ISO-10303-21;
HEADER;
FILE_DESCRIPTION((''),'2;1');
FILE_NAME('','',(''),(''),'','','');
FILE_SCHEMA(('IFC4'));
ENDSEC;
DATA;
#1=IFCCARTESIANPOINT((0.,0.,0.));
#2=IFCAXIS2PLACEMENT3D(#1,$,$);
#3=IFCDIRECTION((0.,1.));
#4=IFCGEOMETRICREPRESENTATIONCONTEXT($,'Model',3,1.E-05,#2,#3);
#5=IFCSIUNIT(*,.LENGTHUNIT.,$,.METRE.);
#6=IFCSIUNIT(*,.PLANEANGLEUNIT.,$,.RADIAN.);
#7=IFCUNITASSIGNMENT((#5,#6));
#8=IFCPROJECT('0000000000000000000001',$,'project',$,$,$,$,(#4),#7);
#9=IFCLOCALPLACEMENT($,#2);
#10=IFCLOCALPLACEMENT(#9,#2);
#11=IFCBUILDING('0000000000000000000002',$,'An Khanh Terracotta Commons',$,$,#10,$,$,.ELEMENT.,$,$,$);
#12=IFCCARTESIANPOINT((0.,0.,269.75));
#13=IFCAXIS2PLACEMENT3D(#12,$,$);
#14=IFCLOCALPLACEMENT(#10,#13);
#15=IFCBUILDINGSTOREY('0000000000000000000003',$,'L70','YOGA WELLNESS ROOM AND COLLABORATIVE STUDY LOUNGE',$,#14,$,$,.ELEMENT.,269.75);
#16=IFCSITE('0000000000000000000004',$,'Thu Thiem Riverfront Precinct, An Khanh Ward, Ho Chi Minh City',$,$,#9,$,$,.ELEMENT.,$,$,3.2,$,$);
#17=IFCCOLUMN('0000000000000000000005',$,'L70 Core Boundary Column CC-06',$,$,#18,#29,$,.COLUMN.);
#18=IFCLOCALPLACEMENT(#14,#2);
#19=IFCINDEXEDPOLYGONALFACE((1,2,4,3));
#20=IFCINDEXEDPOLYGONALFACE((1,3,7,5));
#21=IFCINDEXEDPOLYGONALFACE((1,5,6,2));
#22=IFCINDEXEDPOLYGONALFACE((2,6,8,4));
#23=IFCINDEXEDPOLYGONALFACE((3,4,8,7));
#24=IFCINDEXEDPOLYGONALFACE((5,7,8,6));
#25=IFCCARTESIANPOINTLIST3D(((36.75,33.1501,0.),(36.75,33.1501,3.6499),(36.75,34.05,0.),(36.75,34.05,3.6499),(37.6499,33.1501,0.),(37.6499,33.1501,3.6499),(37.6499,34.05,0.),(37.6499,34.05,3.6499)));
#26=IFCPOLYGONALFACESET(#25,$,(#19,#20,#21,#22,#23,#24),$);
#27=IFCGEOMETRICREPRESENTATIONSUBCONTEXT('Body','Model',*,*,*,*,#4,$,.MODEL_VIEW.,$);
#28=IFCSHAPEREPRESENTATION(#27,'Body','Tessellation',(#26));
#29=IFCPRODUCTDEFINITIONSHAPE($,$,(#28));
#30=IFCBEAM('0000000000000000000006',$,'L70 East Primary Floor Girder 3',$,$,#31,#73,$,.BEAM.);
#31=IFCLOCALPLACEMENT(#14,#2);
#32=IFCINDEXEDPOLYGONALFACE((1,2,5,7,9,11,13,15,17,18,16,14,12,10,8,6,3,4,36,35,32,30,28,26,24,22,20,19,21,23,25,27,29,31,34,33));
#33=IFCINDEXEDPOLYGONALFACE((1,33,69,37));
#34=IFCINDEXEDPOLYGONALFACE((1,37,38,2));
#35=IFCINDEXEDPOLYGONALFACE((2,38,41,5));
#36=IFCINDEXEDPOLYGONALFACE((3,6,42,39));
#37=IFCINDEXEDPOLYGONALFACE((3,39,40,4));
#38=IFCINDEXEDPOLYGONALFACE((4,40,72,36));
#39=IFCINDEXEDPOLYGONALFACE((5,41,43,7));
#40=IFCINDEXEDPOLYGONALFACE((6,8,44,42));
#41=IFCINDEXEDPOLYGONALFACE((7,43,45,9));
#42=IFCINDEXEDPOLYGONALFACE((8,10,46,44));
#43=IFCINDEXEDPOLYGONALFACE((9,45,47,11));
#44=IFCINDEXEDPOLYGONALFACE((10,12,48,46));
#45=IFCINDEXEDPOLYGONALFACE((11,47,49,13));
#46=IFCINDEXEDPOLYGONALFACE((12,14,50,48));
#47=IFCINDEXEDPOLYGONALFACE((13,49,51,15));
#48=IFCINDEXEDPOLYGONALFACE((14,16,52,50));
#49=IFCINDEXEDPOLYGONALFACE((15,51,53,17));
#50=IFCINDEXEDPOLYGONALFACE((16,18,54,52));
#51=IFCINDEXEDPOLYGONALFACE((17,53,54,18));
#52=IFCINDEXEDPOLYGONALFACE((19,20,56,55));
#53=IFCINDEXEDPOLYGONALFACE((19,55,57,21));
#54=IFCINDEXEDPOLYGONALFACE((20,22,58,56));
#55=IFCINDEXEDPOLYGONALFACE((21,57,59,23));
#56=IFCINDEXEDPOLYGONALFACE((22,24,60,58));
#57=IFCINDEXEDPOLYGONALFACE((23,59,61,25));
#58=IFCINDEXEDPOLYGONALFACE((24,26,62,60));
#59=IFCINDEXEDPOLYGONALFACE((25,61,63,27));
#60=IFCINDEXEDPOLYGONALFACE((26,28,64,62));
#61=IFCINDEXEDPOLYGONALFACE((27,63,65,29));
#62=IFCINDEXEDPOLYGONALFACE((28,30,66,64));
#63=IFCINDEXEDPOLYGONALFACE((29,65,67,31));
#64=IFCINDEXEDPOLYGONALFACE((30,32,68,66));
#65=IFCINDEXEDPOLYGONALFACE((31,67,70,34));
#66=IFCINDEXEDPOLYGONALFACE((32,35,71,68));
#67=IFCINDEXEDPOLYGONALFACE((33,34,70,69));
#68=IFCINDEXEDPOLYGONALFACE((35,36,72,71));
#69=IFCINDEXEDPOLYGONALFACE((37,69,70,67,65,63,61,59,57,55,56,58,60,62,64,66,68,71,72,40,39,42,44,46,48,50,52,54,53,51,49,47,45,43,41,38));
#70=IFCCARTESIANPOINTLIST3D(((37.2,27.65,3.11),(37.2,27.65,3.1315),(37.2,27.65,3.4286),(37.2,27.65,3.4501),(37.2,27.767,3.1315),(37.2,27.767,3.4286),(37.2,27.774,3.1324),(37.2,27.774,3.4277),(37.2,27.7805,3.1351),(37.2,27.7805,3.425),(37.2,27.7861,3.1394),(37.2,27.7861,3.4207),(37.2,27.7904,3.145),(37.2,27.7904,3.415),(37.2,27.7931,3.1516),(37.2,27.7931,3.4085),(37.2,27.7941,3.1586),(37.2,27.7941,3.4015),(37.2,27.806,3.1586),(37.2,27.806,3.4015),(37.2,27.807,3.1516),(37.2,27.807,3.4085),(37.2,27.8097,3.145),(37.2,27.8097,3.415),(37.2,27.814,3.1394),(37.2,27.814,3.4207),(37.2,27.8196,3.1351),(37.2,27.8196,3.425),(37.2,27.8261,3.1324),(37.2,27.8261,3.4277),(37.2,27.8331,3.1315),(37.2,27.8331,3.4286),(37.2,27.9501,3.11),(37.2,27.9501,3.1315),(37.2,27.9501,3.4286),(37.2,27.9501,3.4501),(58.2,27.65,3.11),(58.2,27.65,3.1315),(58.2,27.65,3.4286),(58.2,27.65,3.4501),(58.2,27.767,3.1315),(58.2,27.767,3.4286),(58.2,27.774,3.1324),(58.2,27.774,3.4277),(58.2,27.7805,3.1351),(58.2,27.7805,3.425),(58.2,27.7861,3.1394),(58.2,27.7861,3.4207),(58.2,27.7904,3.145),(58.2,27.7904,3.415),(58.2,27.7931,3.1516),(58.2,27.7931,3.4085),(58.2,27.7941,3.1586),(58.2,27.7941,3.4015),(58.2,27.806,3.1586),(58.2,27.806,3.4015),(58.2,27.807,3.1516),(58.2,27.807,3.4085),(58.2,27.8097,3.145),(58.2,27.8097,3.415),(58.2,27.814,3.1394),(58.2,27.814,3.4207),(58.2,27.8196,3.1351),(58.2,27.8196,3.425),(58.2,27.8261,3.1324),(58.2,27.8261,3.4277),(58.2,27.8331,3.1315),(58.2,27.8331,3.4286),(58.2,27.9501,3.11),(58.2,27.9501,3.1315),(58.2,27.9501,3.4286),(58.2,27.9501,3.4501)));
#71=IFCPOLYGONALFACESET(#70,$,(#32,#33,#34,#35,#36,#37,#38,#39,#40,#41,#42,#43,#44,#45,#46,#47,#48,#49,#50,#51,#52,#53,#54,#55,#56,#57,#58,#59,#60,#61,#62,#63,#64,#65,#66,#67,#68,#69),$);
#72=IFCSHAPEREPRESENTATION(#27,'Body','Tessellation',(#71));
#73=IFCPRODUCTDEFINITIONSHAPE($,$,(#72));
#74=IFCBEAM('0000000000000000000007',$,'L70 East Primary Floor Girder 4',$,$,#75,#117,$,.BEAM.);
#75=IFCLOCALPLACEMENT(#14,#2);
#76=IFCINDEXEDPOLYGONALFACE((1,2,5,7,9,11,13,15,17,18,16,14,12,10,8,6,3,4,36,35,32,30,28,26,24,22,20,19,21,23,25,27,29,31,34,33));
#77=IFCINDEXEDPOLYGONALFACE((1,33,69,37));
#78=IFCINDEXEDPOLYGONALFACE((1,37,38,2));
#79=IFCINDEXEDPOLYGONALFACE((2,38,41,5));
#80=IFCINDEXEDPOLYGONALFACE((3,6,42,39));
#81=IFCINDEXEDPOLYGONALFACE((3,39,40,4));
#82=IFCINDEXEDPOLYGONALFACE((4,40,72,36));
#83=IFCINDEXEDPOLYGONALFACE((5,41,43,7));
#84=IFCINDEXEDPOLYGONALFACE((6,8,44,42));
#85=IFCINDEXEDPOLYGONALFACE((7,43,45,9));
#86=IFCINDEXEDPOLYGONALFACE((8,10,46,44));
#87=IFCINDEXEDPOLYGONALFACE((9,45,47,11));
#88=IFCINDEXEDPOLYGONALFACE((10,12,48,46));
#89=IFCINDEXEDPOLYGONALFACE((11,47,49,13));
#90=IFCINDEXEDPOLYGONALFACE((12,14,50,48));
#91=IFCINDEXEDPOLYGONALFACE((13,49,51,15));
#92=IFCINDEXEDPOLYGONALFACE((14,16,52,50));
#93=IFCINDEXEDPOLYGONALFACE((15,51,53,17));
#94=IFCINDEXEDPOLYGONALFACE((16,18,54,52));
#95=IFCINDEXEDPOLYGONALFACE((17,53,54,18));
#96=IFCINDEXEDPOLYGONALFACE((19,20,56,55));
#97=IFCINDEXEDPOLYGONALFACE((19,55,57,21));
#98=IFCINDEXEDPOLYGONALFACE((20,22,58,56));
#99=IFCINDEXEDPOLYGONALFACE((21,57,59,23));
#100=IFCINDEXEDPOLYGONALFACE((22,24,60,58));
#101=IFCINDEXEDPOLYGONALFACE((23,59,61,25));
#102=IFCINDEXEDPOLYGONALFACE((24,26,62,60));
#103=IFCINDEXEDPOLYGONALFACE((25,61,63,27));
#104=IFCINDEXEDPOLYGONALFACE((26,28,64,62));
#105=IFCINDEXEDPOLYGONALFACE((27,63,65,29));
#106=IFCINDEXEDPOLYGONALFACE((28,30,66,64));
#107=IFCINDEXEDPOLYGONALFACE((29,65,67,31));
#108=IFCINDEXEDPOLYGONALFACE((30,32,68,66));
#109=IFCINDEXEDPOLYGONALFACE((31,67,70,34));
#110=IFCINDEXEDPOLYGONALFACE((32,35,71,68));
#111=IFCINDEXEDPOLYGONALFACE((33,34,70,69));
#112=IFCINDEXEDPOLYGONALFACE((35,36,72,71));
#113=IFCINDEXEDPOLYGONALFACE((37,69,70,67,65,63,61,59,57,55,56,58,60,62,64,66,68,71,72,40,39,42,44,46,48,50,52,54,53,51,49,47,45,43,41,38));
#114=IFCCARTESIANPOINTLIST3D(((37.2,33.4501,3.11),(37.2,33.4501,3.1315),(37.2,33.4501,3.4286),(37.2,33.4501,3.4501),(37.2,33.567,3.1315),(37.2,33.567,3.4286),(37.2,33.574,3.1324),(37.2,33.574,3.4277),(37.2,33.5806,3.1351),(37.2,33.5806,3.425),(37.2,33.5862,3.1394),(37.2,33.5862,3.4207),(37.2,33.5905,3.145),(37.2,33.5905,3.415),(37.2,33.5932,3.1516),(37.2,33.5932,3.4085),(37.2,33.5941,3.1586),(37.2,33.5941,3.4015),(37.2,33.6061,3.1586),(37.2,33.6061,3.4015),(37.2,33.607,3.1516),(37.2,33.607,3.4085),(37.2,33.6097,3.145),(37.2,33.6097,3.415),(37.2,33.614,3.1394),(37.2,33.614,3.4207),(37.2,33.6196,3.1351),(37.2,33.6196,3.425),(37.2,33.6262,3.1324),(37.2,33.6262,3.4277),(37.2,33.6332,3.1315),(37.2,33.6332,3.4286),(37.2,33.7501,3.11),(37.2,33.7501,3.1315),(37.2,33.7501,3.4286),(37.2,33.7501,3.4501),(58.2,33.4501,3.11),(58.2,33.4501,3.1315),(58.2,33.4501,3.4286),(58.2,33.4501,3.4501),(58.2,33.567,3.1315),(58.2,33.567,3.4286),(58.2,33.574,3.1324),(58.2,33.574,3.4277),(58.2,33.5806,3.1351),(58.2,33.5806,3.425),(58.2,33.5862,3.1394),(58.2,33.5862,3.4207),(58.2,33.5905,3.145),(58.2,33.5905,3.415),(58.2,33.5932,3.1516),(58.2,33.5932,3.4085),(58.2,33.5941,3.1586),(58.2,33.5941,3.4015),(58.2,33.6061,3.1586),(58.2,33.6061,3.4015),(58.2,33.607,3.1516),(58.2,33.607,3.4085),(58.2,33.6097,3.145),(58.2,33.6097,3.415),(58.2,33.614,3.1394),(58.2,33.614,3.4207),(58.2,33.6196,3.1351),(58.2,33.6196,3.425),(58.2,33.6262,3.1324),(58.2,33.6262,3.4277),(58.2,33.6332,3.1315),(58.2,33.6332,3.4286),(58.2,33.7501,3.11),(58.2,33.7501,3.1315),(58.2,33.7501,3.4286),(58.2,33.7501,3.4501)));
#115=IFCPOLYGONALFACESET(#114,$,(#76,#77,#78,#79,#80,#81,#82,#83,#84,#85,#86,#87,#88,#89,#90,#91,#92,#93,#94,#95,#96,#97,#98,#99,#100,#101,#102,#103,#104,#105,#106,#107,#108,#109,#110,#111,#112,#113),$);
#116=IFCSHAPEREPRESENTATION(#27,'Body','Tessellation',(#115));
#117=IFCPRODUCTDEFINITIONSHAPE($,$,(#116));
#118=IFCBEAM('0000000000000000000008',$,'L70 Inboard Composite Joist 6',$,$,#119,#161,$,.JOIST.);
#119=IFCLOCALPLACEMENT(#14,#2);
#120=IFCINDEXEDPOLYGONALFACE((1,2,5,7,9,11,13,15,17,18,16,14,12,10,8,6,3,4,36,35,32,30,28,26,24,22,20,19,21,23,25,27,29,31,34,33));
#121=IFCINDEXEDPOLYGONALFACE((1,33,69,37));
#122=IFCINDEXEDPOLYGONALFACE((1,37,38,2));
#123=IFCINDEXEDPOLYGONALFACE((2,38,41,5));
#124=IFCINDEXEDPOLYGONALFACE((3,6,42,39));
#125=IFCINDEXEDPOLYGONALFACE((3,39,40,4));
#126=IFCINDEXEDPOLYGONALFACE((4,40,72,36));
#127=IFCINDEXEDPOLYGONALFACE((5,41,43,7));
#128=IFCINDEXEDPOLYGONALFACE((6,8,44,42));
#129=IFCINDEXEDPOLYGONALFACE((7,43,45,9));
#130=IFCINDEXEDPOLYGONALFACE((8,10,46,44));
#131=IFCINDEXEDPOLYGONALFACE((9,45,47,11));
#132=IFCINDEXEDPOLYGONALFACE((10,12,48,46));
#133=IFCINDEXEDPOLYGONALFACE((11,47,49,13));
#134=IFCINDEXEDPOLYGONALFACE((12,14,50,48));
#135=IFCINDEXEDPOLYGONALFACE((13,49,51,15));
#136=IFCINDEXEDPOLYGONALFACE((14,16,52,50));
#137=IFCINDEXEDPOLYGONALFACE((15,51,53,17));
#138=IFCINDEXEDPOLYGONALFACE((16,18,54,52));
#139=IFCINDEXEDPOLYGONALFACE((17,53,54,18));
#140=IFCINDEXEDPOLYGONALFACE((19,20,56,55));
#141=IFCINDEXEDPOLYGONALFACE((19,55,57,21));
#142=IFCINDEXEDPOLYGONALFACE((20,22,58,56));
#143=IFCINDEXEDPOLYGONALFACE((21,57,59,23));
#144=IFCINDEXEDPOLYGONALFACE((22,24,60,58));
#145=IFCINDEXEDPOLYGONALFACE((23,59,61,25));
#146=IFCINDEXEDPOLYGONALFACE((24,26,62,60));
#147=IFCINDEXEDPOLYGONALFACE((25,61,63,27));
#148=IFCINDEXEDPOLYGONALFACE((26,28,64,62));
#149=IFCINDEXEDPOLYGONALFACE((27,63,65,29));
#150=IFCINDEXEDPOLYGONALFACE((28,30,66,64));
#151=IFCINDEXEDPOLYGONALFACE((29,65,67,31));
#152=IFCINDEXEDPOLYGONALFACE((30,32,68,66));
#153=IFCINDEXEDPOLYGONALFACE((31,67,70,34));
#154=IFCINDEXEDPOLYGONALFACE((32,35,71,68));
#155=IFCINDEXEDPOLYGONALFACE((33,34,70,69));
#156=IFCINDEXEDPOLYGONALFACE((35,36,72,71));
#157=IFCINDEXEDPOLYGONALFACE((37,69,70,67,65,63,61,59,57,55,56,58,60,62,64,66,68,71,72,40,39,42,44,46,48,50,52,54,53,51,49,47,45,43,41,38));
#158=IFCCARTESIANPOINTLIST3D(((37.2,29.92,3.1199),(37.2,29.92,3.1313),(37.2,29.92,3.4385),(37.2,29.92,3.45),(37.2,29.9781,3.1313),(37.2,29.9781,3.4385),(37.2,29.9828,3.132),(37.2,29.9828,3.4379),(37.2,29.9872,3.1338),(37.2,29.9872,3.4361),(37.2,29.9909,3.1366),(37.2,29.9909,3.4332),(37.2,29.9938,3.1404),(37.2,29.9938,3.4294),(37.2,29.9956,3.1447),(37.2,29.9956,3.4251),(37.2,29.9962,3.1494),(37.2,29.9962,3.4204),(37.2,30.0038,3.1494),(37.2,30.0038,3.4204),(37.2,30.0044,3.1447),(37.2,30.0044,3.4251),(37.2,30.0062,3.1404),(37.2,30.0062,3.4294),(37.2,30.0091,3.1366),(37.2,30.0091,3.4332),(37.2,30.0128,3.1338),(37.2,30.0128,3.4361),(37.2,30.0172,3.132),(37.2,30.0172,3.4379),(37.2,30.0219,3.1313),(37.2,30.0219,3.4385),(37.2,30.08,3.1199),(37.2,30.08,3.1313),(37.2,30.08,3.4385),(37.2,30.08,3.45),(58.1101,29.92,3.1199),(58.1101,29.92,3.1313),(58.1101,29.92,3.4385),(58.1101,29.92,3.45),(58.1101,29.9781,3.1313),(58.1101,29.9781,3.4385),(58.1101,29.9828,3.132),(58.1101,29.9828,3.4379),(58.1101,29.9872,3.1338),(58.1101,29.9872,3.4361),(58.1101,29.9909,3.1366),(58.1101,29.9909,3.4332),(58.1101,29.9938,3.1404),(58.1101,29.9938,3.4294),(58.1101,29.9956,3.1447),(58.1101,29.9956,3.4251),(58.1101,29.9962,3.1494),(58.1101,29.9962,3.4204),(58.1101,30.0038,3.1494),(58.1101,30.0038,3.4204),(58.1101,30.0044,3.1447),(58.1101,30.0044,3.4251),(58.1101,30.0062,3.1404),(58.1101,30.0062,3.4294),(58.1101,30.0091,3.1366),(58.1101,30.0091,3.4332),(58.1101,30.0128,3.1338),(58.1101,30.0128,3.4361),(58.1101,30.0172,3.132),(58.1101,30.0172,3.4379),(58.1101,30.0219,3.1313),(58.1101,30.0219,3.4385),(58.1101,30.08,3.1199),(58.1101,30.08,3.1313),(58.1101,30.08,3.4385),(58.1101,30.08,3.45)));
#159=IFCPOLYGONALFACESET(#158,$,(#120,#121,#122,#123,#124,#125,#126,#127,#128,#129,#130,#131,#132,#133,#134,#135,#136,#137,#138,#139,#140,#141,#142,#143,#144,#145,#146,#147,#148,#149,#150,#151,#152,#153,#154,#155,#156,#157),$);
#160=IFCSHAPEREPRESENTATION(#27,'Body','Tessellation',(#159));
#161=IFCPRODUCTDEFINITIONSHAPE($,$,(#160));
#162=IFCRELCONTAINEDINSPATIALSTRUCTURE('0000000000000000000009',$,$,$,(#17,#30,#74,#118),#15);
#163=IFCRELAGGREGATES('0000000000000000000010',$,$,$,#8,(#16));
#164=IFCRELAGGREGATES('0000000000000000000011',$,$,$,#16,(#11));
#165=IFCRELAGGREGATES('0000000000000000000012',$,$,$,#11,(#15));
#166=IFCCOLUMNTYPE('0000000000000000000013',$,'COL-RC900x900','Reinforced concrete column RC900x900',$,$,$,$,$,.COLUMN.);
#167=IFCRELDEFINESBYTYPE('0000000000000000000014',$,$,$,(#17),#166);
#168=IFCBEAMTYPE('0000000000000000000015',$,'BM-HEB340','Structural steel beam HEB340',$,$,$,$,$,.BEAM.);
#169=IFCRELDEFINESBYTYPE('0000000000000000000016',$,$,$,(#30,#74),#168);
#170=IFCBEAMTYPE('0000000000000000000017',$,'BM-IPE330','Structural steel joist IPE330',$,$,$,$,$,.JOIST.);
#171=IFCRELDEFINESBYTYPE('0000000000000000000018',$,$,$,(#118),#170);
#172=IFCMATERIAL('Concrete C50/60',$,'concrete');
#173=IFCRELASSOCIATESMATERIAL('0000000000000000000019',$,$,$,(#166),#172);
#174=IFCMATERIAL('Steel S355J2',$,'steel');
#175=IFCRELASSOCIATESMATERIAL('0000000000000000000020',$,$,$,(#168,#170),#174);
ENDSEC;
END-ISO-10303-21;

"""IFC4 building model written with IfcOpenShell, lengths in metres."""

from ifc_helpers import new_model, si_unit, direction, frame, origin, origin_2d, place, context, subcontext, project, spatial, rectangle, i_section, extrude, material, material_profile, profile_set, type_object, element, save


model = new_model("IFC4")

# Units and contexts
model_context = context("Model", 3, precision=1e-05, world=origin(), true_north=direction((0.0, 1.0)))
body_context = subcontext(model_context, "Body", "Model", "MODEL_VIEW")
ifc_project = project(units=[si_unit("LENGTHUNIT", "METRE"), si_unit("PLANEANGLEUNIT", "RADIAN")], contexts=[model_context])

# Site, building, storey
site_placement = place(None, origin())
site = spatial("IfcSite", under=ifc_project, at=site_placement, Name="Thu Thiem Riverfront Precinct, An Khanh Ward, Ho Chi Minh City", CompositionType="ELEMENT", RefElevation=3.2)
building_placement = place(site_placement, origin())
building = spatial("IfcBuilding", under=site, at=building_placement, Name="An Khanh Terracotta Commons", CompositionType="ELEMENT")
storey_placement = place(building_placement, frame((0.0, 0.0, 269.75)))
storey = spatial("IfcBuildingStorey", under=building, at=storey_placement, Name="L70", Description="YOGA WELLNESS ROOM AND COLLABORATIVE STUDY LOUNGE", CompositionType="ELEMENT", Elevation=269.75)

# Column
ifc_material_1 = material(Name="Concrete C50/60", Category="concrete")
ifc_material_profile_1 = material_profile(ifc_material_1, rectangle(XDim=0.8999, YDim=0.8999, at=origin_2d()), Name="RC900x900")
ifc_profile_set_1 = profile_set([ifc_material_profile_1], Name="Concrete C50/60")
column_type = type_object("IfcColumnType", Name="COL-RC900x900", Description="Reinforced concrete column RC900x900", PredefinedType="COLUMN", material=ifc_profile_set_1)
column_placement = place(storey_placement, frame((37.2, 33.6001, 0.0), z_axis=(0.0, 0.0, 1.0), x_axis=(1.0, 0.0, 0.0)))
element("IfcColumn", 1, at=column_placement, inside=storey, type_object=column_type, Name="L70 Core Boundary Column CC-06", PredefinedType="COLUMN", context=body_context, shape_type="SweptSolid", body=[
    extrude(rectangle(XDim=0.8999, YDim=0.8999, at=origin_2d()), origin(), (0.0, 0.0, 1.0), 3.6499),
])

# Beams
ifc_material_2 = material(Name="Steel S355J2", Category="steel")
ifc_material_profile_2 = material_profile(ifc_material_2, i_section(OverallWidth=0.3, OverallDepth=0.3401, WebThickness=0.012, FlangeThickness=0.0215, FilletRadius=0.0271, at=origin_2d()), Name="HEB340")
ifc_profile_set_2 = profile_set([ifc_material_profile_2], Name="Steel S355J2")
beam_type_1 = type_object("IfcBeamType", Name="BM-HEB340", Description="Structural steel beam HEB340", PredefinedType="BEAM", material=ifc_profile_set_2)
for number, where, z_axis, x_axis, name in (
    (2, (37.2, 27.8, 3.28), (1.0, 0.0, 0.0), (0.0, 1.0, 0.0), "L70 East Primary Floor Girder 3"),
    (3, (37.2, 33.6001, 3.28), (1.0, 0.0, 0.0), (0.0, 1.0, 0.0), "L70 East Primary Floor Girder 4"),
):
    element("IfcBeam", number, at=place(storey_placement, frame(where, z_axis=z_axis, x_axis=x_axis)), inside=storey, type_object=beam_type_1, Name=name, PredefinedType="BEAM", context=body_context, shape_type="SweptSolid", body=[
        extrude(i_section(OverallWidth=0.3, OverallDepth=0.3401, WebThickness=0.012, FlangeThickness=0.0215, FilletRadius=0.0271, at=origin_2d()), origin(), (0.0, 0.0, 1.0), 21.0),
    ])
ifc_material_profile_3 = material_profile(ifc_material_2, i_section(OverallWidth=0.1599, OverallDepth=0.3301, WebThickness=0.0076, FlangeThickness=0.0115, FilletRadius=0.0181, at=origin_2d()), Name="IPE330")
ifc_profile_set_3 = profile_set([ifc_material_profile_3], Name="Steel S355J2")
beam_type_2 = type_object("IfcBeamType", Name="BM-IPE330", Description="Structural steel joist IPE330", PredefinedType="JOIST", material=ifc_profile_set_3)
for number, where, z_axis, x_axis, name in (
    (4, (37.2, 30.0, 3.2849), (1.0, 0.0, 0.0), (0.0, 1.0, 0.0), "L70 Inboard Composite Joist 6"),
):
    element("IfcBeam", number, at=place(storey_placement, frame(where, z_axis=z_axis, x_axis=x_axis)), inside=storey, type_object=beam_type_2, Name=name, PredefinedType="JOIST", context=body_context, shape_type="SweptSolid", body=[
        extrude(i_section(OverallWidth=0.1599, OverallDepth=0.3301, WebThickness=0.0076, FlangeThickness=0.0115, FilletRadius=0.0181, at=origin_2d()), origin(), (0.0, 0.0, 1.0), 20.9102),
    ])

save(model, "model.ifc")
